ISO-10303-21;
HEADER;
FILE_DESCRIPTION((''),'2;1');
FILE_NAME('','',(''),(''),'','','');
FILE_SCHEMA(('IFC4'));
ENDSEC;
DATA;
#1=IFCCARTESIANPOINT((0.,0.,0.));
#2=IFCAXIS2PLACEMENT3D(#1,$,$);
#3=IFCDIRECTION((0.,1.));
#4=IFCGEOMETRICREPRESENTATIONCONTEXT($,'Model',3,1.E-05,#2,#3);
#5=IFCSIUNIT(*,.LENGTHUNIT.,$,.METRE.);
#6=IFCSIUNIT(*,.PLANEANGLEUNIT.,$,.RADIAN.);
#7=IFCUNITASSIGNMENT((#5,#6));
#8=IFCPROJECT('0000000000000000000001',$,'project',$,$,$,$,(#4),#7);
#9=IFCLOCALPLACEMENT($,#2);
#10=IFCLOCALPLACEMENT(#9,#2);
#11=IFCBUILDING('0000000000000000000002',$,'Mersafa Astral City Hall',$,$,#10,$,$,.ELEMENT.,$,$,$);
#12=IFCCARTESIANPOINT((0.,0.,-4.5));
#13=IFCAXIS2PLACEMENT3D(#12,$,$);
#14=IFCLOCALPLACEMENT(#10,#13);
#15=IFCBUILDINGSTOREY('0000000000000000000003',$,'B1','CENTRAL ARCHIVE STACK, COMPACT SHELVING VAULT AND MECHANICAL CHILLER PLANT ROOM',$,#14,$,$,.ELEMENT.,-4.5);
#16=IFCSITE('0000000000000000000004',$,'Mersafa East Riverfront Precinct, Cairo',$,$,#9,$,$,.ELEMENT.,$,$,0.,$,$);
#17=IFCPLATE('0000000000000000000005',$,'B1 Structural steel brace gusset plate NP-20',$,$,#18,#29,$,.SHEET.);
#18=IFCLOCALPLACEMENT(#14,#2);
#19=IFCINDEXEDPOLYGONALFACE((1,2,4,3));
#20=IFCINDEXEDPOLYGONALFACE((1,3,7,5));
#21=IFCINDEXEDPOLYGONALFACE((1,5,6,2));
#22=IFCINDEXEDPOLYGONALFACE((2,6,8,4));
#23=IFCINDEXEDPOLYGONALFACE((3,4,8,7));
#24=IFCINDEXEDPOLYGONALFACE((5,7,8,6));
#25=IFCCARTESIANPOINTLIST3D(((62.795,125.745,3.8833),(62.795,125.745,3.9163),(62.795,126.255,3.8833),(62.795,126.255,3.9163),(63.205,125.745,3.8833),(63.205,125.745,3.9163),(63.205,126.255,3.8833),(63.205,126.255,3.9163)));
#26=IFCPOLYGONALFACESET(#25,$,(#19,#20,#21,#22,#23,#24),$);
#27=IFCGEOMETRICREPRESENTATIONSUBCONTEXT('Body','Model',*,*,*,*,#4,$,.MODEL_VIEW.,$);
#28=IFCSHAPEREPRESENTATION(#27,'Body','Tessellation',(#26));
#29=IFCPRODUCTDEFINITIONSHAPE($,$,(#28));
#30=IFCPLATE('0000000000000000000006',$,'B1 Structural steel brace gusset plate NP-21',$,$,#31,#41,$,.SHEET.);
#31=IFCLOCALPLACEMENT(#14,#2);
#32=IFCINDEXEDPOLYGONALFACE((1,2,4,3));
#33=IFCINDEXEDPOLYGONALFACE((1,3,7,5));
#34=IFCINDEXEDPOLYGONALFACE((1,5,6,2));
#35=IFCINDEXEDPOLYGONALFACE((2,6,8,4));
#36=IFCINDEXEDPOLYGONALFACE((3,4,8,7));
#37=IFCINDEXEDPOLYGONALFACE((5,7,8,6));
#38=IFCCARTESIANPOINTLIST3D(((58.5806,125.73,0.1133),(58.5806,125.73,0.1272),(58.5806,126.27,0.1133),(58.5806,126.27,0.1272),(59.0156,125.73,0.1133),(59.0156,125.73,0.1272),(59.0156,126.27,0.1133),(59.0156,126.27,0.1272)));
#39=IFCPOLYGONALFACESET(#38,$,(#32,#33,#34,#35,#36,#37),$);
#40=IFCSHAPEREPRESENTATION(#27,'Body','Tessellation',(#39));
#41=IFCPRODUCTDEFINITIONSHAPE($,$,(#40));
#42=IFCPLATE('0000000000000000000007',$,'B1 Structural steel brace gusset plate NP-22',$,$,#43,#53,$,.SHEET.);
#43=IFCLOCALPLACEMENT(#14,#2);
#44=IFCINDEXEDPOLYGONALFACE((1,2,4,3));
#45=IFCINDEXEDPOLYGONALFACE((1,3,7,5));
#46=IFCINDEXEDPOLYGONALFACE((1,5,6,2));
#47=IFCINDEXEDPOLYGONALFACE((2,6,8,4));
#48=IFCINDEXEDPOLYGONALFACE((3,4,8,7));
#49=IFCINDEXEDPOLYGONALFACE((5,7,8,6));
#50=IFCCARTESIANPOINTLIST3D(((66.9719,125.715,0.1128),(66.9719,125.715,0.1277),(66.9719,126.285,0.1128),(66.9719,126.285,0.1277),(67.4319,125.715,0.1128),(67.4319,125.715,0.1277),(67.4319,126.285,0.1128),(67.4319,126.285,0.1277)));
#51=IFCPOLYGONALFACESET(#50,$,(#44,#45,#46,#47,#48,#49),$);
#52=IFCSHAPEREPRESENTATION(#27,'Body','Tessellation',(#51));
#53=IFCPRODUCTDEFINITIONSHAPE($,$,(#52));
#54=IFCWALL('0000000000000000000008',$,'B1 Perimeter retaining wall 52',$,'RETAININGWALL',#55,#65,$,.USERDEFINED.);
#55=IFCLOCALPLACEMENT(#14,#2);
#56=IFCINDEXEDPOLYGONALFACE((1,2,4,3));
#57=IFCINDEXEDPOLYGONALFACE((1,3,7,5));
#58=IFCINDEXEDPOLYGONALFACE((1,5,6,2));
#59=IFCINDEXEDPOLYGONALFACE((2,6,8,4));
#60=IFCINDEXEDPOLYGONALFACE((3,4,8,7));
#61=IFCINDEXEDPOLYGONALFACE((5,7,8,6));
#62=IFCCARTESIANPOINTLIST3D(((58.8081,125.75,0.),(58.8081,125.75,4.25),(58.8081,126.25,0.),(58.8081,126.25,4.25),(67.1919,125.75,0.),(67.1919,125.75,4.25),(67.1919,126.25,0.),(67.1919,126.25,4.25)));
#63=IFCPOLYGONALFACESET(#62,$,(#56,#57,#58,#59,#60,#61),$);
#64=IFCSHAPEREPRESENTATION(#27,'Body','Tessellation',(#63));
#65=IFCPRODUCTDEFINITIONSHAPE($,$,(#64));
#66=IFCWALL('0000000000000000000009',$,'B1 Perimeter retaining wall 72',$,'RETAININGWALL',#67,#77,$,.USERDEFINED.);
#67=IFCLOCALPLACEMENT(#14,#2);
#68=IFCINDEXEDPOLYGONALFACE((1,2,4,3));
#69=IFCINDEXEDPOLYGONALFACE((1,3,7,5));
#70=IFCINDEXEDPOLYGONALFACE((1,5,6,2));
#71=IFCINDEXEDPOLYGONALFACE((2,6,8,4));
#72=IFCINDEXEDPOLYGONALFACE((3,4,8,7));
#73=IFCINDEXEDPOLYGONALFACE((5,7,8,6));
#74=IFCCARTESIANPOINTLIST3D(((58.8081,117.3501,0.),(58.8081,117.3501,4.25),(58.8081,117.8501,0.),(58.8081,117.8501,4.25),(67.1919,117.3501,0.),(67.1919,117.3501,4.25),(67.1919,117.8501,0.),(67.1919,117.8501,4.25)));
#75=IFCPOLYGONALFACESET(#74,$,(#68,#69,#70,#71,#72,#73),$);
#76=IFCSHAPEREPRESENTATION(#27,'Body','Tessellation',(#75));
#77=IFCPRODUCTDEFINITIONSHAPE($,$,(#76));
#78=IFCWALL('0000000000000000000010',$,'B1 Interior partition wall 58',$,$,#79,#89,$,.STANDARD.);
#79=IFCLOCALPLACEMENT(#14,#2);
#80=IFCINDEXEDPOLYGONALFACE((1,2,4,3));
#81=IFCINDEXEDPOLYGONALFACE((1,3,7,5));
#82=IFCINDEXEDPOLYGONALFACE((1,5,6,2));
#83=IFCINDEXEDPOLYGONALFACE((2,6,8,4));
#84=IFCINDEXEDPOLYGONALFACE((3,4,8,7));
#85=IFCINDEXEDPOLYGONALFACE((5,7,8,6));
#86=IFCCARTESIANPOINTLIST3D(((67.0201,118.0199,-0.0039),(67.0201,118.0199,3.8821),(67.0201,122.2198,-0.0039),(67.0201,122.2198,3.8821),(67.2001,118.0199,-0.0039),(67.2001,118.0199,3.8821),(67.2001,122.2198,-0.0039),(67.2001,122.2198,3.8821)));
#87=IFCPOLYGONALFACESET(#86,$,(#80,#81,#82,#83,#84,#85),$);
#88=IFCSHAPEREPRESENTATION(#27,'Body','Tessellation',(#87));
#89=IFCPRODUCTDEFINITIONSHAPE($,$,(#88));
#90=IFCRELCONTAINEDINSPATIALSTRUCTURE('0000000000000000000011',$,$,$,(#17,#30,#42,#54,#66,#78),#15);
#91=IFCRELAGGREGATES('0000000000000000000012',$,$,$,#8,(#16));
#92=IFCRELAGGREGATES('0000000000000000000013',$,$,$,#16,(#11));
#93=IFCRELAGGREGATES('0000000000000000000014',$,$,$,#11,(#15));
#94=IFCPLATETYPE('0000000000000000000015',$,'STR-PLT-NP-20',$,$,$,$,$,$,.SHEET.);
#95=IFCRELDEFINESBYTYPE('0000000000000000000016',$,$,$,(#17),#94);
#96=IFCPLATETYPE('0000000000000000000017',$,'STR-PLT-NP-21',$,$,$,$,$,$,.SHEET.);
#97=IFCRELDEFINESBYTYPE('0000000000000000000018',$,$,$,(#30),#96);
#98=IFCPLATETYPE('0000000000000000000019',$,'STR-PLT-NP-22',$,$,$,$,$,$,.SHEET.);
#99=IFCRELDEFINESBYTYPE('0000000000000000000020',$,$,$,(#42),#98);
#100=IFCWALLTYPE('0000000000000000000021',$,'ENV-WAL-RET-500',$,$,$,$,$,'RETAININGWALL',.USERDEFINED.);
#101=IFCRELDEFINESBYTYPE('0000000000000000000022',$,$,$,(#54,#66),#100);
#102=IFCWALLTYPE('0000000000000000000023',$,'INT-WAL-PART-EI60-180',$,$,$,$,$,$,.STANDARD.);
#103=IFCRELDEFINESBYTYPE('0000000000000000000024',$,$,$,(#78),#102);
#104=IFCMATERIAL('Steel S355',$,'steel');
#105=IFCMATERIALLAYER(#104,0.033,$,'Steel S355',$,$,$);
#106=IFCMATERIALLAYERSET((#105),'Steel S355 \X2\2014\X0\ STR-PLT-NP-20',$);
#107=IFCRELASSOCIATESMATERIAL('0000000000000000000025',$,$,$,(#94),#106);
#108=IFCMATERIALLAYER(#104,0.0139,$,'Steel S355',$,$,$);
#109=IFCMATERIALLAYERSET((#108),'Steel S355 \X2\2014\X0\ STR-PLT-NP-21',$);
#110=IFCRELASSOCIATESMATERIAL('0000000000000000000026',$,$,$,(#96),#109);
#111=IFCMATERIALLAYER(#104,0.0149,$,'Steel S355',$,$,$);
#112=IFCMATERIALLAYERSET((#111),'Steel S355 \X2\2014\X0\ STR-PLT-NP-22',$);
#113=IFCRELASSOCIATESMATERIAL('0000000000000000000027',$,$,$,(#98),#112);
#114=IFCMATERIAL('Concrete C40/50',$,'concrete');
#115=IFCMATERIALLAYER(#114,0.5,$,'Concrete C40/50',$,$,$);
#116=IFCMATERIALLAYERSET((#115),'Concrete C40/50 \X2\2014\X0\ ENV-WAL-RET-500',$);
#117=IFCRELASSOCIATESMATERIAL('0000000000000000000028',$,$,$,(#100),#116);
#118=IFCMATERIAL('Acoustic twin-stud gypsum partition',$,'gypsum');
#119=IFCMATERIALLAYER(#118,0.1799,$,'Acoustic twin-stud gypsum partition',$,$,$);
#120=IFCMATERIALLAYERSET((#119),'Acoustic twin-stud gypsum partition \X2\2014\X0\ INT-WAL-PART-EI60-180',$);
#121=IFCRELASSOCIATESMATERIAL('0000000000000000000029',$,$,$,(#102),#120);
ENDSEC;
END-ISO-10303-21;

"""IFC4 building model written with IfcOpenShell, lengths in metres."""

from ifc_helpers import new_model, si_unit, direction, frame, frame_2d, origin, origin_2d, place, context, subcontext, project, spatial, rectangle, extrude, material, layer, layer_set, type_object, element, save


model = new_model("IFC4")

# Units and contexts
model_context = context("Model", 3, precision=1e-05, world=origin(), true_north=direction((0.0, 1.0)))
body_context = subcontext(model_context, "Body", "Model", "MODEL_VIEW")
ifc_project = project(units=[si_unit("LENGTHUNIT", "METRE"), si_unit("PLANEANGLEUNIT", "RADIAN")], contexts=[model_context])

# Site, building, storey
site_placement = place(None, origin())
site = spatial("IfcSite", under=ifc_project, at=site_placement, Name="Mersafa East Riverfront Precinct, Cairo", CompositionType="ELEMENT", RefElevation=0.0)
building_placement = place(site_placement, origin())
building = spatial("IfcBuilding", under=site, at=building_placement, Name="Mersafa Astral City Hall", CompositionType="ELEMENT")
storey_placement = place(building_placement, frame((0.0, 0.0, -4.5)))
storey = spatial("IfcBuildingStorey", under=building, at=storey_placement, Name="B1", Description="CENTRAL ARCHIVE STACK, COMPACT SHELVING VAULT AND MECHANICAL CHILLER PLANT ROOM", CompositionType="ELEMENT", Elevation=-4.5)

# Shared definitions
ifc_material_1 = material(Name="Concrete C40/50", Category="concrete")

# Shared definitions
ifc_material_2 = material(Name="Steel S355", Category="steel")

# Plates
ifc_layer_1 = layer(ifc_material_2, 0.033, Name="Steel S355")
ifc_layer_set_1 = layer_set([ifc_layer_1], Name="Steel S355 — STR-PLT-NP-20")
plate_type_1 = type_object("IfcPlateType", Name="STR-PLT-NP-20", PredefinedType="SHEET", material=ifc_layer_set_1)
plate_1_placement = place(storey_placement, frame((63.0, 126.0, 3.8833), z_axis=(0.0, 0.0, 1.0), x_axis=(1.0, 0.0, 0.0)))
element("IfcPlate", 1, at=plate_1_placement, inside=storey, type_object=plate_type_1, Name="B1 Structural steel brace gusset plate NP-20", PredefinedType="SHEET", context=body_context, shape_type="SweptSolid", body=[
    extrude(rectangle(XDim=0.4099, YDim=0.51, at=origin_2d()), origin(), (0.0, 0.0, 1.0), 0.033),
])
ifc_layer_2 = layer(ifc_material_2, 0.0139, Name="Steel S355")
ifc_layer_set_2 = layer_set([ifc_layer_2], Name="Steel S355 — STR-PLT-NP-21")
plate_type_2 = type_object("IfcPlateType", Name="STR-PLT-NP-21", PredefinedType="SHEET", material=ifc_layer_set_2)
plate_2_placement = place(storey_placement, frame((58.7981, 126.0, 0.1133), z_axis=(0.0, 0.0, 1.0), x_axis=(1.0, 0.0, 0.0)))
element("IfcPlate", 2, at=plate_2_placement, inside=storey, type_object=plate_type_2, Name="B1 Structural steel brace gusset plate NP-21", PredefinedType="SHEET", context=body_context, shape_type="SweptSolid", body=[
    extrude(rectangle(XDim=0.4351, YDim=0.54, at=origin_2d()), origin(), (0.0, 0.0, 1.0), 0.0139),
])
ifc_layer_3 = layer(ifc_material_2, 0.0149, Name="Steel S355")
ifc_layer_set_3 = layer_set([ifc_layer_3], Name="Steel S355 — STR-PLT-NP-22")
plate_type_3 = type_object("IfcPlateType", Name="STR-PLT-NP-22", PredefinedType="SHEET", material=ifc_layer_set_3)
plate_3_placement = place(storey_placement, frame((67.2019, 126.0, 0.1128), z_axis=(0.0, 0.0, 1.0), x_axis=(1.0, 0.0, 0.0)))
element("IfcPlate", 3, at=plate_3_placement, inside=storey, type_object=plate_type_3, Name="B1 Structural steel brace gusset plate NP-22", PredefinedType="SHEET", context=body_context, shape_type="SweptSolid", body=[
    extrude(rectangle(XDim=0.46, YDim=0.5701, at=origin_2d()), origin(), (0.0, 0.0, 1.0), 0.0149),
])

# Walls
ifc_layer_4 = layer(ifc_material_1, 0.5, Name="Concrete C40/50")
ifc_layer_set_4 = layer_set([ifc_layer_4], Name="Concrete C40/50 — ENV-WAL-RET-500")
wall_type_1 = type_object("IfcWallType", Name="ENV-WAL-RET-500", ElementType="RETAININGWALL", PredefinedType="USERDEFINED", material=ifc_layer_set_4)
for number, where, z_axis, x_axis, name in (
    (4, (67.1919, 126.0, 0.0), (0.0, 0.0, 1.0), (-1.0, 0.0, 0.0), "B1 Perimeter retaining wall 52"),
    (5, (58.8081, 117.6001, 0.0), (0.0, 0.0, 1.0), (1.0, 0.0, 0.0), "B1 Perimeter retaining wall 72"),
):
    element("IfcWall", number, at=place(storey_placement, frame(where, z_axis=z_axis, x_axis=x_axis)), inside=storey, type_object=wall_type_1, Name=name, ObjectType="RETAININGWALL", PredefinedType="USERDEFINED", context=body_context, shape_type="SweptSolid", body=[
        extrude(rectangle(XDim=8.3838, YDim=0.5, at=frame_2d((4.1919, 0.0))), origin(), (0.0, 0.0, 1.0), 4.25),
    ])
ifc_material_3 = material(Name="Acoustic twin-stud gypsum partition", Category="gypsum")
ifc_layer_5 = layer(ifc_material_3, 0.1799, Name="Acoustic twin-stud gypsum partition")
ifc_layer_set_5 = layer_set([ifc_layer_5], Name="Acoustic twin-stud gypsum partition — INT-WAL-PART-EI60-180")
wall_type_2 = type_object("IfcWallType", Name="INT-WAL-PART-EI60-180", PredefinedType="STANDARD", material=ifc_layer_set_5)
wall_placement = place(storey_placement, frame((67.1101, 122.22, -0.0039), z_axis=(0.0, 0.0, 1.0), x_axis=(0.0, -1.0, 0.0)))
element("IfcWall", 6, at=wall_placement, inside=storey, type_object=wall_type_2, Name="B1 Interior partition wall 58", PredefinedType="STANDARD", context=body_context, shape_type="SweptSolid", body=[
    extrude(rectangle(XDim=4.2, YDim=0.1799, at=frame_2d((2.1001, 0.0))), origin(), (0.0, 0.0, 1.0), 3.886),
])

save(model, "model.ifc")
